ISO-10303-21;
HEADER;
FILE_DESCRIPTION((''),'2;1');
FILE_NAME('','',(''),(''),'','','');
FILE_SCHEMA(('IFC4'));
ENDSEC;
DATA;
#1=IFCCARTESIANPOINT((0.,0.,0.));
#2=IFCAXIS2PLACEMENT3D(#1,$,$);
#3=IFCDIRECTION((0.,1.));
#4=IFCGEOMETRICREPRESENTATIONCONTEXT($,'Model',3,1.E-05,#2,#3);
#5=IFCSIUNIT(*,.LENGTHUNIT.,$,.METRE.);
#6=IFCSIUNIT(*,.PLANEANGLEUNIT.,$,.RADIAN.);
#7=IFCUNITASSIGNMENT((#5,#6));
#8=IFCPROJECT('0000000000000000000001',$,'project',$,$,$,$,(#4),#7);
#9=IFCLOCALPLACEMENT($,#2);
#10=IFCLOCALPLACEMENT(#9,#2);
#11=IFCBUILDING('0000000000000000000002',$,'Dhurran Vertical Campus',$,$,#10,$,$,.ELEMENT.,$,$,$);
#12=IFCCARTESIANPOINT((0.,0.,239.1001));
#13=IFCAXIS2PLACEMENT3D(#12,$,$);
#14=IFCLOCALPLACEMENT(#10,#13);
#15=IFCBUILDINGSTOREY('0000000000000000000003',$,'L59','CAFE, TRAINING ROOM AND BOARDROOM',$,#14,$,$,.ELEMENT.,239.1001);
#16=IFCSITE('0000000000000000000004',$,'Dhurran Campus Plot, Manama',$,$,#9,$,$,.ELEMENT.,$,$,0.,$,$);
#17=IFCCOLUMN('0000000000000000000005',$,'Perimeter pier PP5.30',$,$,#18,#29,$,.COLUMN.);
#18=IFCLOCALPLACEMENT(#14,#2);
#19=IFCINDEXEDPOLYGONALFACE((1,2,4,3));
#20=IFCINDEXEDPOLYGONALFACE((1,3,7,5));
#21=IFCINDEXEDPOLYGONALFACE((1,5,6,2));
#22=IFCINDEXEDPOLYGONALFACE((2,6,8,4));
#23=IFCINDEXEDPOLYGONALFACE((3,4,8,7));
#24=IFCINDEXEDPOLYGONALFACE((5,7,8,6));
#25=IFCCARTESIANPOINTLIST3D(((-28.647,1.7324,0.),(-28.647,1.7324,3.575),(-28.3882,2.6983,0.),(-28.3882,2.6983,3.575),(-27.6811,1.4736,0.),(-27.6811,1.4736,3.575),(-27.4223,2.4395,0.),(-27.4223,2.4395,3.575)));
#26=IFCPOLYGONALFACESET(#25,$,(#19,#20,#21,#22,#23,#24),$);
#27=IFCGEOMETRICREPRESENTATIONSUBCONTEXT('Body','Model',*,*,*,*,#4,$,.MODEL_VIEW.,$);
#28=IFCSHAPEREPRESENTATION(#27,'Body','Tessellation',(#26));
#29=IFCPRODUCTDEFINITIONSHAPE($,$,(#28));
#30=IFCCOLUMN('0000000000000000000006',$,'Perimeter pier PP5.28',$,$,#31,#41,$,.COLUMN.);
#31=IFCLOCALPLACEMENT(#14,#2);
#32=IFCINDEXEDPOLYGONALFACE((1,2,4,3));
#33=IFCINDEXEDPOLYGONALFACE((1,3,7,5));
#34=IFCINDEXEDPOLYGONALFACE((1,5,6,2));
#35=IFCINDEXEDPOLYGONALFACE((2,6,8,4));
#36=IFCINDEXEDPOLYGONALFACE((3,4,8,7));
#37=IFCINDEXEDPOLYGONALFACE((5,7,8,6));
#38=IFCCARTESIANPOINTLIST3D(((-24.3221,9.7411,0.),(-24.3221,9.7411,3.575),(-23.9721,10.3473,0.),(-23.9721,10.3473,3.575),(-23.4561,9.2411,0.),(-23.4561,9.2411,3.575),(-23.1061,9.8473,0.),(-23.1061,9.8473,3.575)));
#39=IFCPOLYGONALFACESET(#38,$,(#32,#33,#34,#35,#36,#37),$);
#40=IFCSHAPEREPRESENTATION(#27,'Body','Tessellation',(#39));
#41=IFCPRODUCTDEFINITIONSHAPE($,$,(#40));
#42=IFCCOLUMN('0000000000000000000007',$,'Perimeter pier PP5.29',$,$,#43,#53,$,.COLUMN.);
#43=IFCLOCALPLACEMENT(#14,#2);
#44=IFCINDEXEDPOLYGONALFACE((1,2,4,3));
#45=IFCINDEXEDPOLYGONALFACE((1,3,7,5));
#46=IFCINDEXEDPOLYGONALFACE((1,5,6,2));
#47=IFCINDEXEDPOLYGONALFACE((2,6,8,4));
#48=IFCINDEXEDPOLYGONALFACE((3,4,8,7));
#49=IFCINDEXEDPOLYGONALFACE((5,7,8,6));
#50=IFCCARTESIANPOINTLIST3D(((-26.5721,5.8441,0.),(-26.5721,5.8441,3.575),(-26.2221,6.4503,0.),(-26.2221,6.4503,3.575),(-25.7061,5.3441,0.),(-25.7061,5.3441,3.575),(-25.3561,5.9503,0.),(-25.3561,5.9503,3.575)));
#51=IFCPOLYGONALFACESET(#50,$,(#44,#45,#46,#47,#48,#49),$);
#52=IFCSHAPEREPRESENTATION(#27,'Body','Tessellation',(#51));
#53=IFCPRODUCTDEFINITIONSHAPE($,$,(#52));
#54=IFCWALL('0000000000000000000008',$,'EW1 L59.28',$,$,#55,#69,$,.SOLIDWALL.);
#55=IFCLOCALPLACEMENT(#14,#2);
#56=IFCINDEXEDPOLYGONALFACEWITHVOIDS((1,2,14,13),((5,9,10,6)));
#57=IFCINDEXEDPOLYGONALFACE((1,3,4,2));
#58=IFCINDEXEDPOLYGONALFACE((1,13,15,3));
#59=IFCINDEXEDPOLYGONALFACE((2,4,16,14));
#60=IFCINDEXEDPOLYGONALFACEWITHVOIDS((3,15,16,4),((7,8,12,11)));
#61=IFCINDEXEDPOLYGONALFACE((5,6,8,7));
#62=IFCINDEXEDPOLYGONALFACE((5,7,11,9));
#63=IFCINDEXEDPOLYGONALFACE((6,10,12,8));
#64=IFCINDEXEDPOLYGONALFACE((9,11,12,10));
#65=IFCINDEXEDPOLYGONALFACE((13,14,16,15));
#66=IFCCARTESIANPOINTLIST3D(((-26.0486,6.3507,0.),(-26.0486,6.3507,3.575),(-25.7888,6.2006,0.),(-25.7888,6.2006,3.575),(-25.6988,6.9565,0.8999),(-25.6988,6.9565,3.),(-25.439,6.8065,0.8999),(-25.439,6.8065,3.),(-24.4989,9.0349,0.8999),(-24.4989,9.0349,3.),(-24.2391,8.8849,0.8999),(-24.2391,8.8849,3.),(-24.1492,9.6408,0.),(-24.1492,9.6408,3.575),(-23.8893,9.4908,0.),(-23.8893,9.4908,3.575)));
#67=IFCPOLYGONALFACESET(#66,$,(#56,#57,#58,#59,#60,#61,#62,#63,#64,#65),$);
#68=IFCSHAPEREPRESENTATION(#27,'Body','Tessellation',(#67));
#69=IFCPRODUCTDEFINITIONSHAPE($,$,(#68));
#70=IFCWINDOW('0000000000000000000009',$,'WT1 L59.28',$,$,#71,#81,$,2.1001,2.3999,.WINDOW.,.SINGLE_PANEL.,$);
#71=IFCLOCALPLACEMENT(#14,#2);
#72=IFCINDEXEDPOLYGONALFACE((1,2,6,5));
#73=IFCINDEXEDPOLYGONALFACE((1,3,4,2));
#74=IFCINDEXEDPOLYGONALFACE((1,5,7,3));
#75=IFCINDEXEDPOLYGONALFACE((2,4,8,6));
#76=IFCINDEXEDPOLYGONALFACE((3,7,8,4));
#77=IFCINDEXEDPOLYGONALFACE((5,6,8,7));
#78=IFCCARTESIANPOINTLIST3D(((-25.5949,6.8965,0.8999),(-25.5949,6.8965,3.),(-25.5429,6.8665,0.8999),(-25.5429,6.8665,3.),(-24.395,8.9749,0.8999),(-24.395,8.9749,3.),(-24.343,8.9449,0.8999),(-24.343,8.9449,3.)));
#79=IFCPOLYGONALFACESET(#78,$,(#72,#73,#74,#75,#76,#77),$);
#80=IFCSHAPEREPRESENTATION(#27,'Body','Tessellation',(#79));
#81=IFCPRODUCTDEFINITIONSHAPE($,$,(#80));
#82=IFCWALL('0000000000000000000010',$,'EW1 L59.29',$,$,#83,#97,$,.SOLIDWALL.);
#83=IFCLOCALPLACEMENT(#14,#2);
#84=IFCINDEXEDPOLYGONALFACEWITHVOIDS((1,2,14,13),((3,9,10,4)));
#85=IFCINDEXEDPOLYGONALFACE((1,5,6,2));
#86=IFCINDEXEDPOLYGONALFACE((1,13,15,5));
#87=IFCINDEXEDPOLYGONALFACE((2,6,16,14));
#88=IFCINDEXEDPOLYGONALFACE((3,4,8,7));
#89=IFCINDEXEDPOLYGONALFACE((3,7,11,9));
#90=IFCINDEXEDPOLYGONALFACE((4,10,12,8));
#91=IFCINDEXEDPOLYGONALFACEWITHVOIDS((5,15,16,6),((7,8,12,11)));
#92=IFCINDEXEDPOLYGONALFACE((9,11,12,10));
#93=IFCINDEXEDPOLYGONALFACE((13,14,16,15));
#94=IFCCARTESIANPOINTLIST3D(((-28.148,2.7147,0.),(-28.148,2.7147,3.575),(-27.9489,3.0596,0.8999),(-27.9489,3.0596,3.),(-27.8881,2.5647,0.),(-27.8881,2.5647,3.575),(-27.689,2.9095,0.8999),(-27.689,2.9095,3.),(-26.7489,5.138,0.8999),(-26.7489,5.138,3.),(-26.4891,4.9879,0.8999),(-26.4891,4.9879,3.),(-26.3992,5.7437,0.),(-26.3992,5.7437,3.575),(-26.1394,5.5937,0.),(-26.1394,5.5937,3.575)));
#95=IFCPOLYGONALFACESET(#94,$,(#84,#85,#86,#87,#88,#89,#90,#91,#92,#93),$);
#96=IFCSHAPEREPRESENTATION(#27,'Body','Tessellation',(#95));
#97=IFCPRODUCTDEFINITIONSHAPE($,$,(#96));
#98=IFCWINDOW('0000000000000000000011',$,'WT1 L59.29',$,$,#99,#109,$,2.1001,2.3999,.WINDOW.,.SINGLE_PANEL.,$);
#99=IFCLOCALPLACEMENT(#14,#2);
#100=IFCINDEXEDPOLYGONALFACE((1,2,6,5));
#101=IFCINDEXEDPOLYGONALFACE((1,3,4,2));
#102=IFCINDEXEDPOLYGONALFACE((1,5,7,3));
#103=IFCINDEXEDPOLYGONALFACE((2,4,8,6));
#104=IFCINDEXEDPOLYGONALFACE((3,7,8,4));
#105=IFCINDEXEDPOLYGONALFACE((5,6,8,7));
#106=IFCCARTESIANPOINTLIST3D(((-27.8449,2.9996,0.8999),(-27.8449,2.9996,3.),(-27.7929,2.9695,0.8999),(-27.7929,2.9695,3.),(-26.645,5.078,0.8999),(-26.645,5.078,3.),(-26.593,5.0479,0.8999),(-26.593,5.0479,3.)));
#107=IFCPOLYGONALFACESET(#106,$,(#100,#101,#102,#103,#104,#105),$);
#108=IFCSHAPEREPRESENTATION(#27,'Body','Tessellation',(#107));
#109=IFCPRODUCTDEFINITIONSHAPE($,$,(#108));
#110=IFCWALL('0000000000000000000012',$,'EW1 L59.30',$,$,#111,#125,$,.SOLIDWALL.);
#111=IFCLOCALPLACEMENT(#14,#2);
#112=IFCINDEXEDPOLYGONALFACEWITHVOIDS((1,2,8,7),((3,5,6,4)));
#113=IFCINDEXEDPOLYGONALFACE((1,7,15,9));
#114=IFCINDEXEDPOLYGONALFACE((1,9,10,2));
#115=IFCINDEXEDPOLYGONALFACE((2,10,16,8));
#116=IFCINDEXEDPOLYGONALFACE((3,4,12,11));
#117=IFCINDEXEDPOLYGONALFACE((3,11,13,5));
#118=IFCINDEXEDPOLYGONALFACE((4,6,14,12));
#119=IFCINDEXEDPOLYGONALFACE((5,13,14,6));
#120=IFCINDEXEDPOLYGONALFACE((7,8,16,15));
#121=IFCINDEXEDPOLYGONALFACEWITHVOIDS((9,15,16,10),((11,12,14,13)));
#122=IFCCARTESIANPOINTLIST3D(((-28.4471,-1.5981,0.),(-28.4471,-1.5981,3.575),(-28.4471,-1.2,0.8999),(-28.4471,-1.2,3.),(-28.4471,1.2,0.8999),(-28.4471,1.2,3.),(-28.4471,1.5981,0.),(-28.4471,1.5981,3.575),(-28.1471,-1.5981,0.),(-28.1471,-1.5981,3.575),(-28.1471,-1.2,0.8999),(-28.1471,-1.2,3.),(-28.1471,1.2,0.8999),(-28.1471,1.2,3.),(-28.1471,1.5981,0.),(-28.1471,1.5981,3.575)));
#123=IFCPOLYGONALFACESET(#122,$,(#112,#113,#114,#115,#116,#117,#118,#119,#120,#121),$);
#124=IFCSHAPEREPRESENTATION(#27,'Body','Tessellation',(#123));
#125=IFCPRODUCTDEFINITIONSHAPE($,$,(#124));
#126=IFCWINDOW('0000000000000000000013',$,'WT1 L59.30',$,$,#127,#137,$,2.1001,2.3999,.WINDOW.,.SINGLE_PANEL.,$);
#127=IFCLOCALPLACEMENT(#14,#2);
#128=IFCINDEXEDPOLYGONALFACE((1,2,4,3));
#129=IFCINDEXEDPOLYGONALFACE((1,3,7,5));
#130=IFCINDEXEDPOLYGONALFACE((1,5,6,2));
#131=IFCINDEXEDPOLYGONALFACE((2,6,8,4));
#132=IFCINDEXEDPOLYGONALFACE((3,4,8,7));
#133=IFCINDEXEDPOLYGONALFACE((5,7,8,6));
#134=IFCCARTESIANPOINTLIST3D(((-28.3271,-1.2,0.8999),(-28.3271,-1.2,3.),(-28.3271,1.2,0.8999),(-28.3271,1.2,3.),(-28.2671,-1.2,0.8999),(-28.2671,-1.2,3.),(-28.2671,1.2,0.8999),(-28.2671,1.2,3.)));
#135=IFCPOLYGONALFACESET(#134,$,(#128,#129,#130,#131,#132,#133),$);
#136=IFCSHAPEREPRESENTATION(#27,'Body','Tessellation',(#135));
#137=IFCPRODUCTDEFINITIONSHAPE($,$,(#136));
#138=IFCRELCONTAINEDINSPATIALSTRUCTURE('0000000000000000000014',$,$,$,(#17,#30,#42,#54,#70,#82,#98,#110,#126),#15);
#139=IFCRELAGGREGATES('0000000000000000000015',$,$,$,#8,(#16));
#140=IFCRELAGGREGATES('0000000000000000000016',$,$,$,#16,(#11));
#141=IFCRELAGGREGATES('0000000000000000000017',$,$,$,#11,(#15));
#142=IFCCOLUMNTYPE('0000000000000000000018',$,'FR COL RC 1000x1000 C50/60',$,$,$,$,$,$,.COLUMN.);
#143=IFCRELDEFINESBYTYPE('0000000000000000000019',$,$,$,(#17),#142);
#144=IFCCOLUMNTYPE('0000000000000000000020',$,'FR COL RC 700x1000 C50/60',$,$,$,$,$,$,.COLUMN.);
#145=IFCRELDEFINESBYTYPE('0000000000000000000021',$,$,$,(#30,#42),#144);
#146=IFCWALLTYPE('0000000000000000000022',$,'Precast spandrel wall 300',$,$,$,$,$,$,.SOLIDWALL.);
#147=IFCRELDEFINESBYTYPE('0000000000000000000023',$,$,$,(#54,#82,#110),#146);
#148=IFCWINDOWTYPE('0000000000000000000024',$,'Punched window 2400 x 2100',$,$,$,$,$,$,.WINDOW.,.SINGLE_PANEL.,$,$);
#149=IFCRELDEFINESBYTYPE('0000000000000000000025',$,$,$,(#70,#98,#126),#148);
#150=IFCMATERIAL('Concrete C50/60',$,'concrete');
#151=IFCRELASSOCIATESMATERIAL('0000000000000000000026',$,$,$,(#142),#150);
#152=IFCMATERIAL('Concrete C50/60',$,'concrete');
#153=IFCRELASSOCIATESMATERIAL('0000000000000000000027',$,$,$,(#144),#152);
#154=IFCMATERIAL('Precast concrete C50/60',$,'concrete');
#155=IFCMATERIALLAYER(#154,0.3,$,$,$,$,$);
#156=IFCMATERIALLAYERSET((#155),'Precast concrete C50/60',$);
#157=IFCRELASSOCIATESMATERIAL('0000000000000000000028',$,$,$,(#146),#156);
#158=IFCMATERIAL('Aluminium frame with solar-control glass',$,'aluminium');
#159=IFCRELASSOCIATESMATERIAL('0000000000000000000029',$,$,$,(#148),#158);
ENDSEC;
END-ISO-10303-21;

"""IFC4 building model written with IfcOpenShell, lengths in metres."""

from ifc_helpers import new_model, si_unit, direction, frame, frame_2d, origin, origin_2d, place, context, subcontext, project, spatial, rectangle, extrude, material, layer, layer_set, material_profile, profile_set, type_object, element, fill, save


model = new_model("IFC4")

# Units and contexts
model_context = context("Model", 3, precision=1e-05, world=origin(), true_north=direction((0.0, 1.0)))
body_context = subcontext(model_context, "Body", "Model", "MODEL_VIEW")
ifc_project = project(units=[si_unit("LENGTHUNIT", "METRE"), si_unit("PLANEANGLEUNIT", "RADIAN")], contexts=[model_context])

# Site, building, storey
site_placement = place(None, origin())
site = spatial("IfcSite", under=ifc_project, at=site_placement, Name="Dhurran Campus Plot, Manama", CompositionType="ELEMENT", RefElevation=0.0)
building_placement = place(site_placement, origin())
building = spatial("IfcBuilding", under=site, at=building_placement, Name="Dhurran Vertical Campus", CompositionType="ELEMENT")
storey_placement = place(building_placement, frame((0.0, 0.0, 239.1001)))
storey = spatial("IfcBuildingStorey", under=building, at=storey_placement, Name="L59", Description="CAFE, TRAINING ROOM AND BOARDROOM", CompositionType="ELEMENT", Elevation=239.1001)

# Columns
ifc_material_1 = material(Name="Concrete C50/60", Category="concrete")
ifc_material_profile_1 = material_profile(ifc_material_1, rectangle(XDim=1.0, YDim=1.0, at=origin_2d()), Name="RC 1000x1000")
ifc_profile_set_1 = profile_set([ifc_material_profile_1], Name="Concrete C50/60")
column_type_1 = type_object("IfcColumnType", Name="FR COL RC 1000x1000 C50/60", PredefinedType="COLUMN", material=ifc_profile_set_1)
column_placement = place(storey_placement, frame((-28.0347, 2.0859, 0.0), z_axis=(0.0, 0.0, 1.0), x_axis=(-0.258819, -0.965926, 0.0)))
element("IfcColumn", 1, at=column_placement, inside=storey, type_object=column_type_1, Name="Perimeter pier PP5.30", PredefinedType="COLUMN", context=body_context, shape_type="SweptSolid", body=[
    extrude(rectangle(XDim=1.0, YDim=1.0, at=origin_2d()), origin(), (0.0, 0.0, 1.0), 3.575),
])
ifc_material_2 = material(Name="Concrete C50/60", Category="concrete")
ifc_material_profile_2 = material_profile(ifc_material_2, rectangle(XDim=0.7, YDim=1.0, at=origin_2d()), Name="RC 700x1000")
ifc_profile_set_2 = profile_set([ifc_material_profile_2], Name="Concrete C50/60")
column_type_2 = type_object("IfcColumnType", Name="FR COL RC 700x1000 C50/60", PredefinedType="COLUMN", material=ifc_profile_set_2)
for number, where, z_axis, x_axis, name in (
    (2, (-23.7141, 9.7942, 0.0), (0.0, 0.0, 1.0), (-0.5, -0.866025, 0.0), "Perimeter pier PP5.28"),
    (3, (-25.9641, 5.8972, 0.0), (0.0, 0.0, 1.0), (-0.5, -0.866025, 0.0), "Perimeter pier PP5.29"),
):
    element("IfcColumn", number, at=place(storey_placement, frame(where, z_axis=z_axis, x_axis=x_axis)), inside=storey, type_object=column_type_2, Name=name, PredefinedType="COLUMN", context=body_context, shape_type="SweptSolid", body=[
        extrude(rectangle(XDim=0.7, YDim=1.0, at=origin_2d()), origin(), (0.0, 0.0, 1.0), 3.575),
    ])

# Walls, openings, windows
ifc_material_3 = material(Name="Precast concrete C50/60", Category="concrete")
ifc_layer_1 = layer(ifc_material_3, 0.3)
ifc_layer_set_1 = layer_set([ifc_layer_1], Name="Precast concrete C50/60")
wall_type_1 = type_object("IfcWallType", Name="Precast spandrel wall 300", PredefinedType="SOLIDWALL", material=ifc_layer_set_1)
wall_1_placement = place(storey_placement, frame((-24.0193, 9.5657, 0.0), z_axis=(0.0, 0.0, 1.0), x_axis=(-0.499982, -0.866036, 0.0)))
wall_1 = element("IfcWall", 4, at=wall_1_placement, inside=storey, type_object=wall_type_1, Name="EW1 L59.28", PredefinedType="SOLIDWALL", context=body_context, shape_type="SweptSolid", body=[
    extrude(rectangle(XDim=3.7991, YDim=0.3, at=frame_2d((1.8994, 0.0))), origin(), (0.0, 0.0, 1.0), 3.575),
])
opening_1_placement = place(wall_1_placement, frame((0.6995, 0.0, 0.8999)))
opening_1 = element("IfcOpeningElement", 5, at=opening_1_placement, cuts=wall_1, PredefinedType="OPENING", context=body_context, shape_type="SweptSolid", body=[
    extrude(rectangle(XDim=2.3999, YDim=2.1001, at=frame_2d((1.2, 1.05))), frame((0.0, 0.1599, 0.0), z_axis=(0.0, -1.0, 0.0), x_axis=(1.0, 0.0, 0.0)), (0.0, 0.0, 1.0), 0.3201),
])
ifc_material_4 = material(Name="Aluminium frame with solar-control glass", Category="aluminium")
window_type = type_object("IfcWindowType", Name="Punched window 2400 x 2100", PartitioningType="SINGLE_PANEL", PredefinedType="WINDOW", material=ifc_material_4)
window_1_placement = place(opening_1_placement, origin())
window_1 = element("IfcWindow", 6, at=window_1_placement, inside=storey, type_object=window_type, Name="WT1 L59.28", OverallHeight=2.1001, OverallWidth=2.3999, PartitioningType="SINGLE_PANEL", PredefinedType="WINDOW", context=body_context, shape_type="SweptSolid", body=[
    extrude(rectangle(XDim=2.3999, YDim=2.1001, at=frame_2d((1.2, 1.05))), frame((0.0, 0.03, 0.0), z_axis=(0.0, -1.0, 0.0), x_axis=(1.0, 0.0, 0.0)), (0.0, 0.0, 1.0), 0.0601),
])
fill(opening_1, window_1)
wall_2_placement = place(storey_placement, frame((-26.2693, 5.6687, 0.0), z_axis=(0.0, 0.0, 1.0), x_axis=(-0.49999, -0.866031, 0.0)))
wall_2 = element("IfcWall", 7, at=wall_2_placement, inside=storey, type_object=wall_type_1, Name="EW1 L59.29", PredefinedType="SOLIDWALL", context=body_context, shape_type="SweptSolid", body=[
    extrude(rectangle(XDim=3.4976, YDim=0.3, at=frame_2d((1.7488, 0.0))), origin(), (0.0, 0.0, 1.0), 3.575),
])
opening_2_placement = place(wall_2_placement, frame((0.6995, 0.0, 0.8999)))
opening_2 = element("IfcOpeningElement", 8, at=opening_2_placement, cuts=wall_2, PredefinedType="OPENING", context=body_context, shape_type="SweptSolid", body=[
    extrude(rectangle(XDim=2.3999, YDim=2.1001, at=frame_2d((1.2, 1.05))), frame((0.0, 0.1599, 0.0), z_axis=(0.0, -1.0, 0.0), x_axis=(1.0, 0.0, 0.0)), (0.0, 0.0, 1.0), 0.3201),
])
window_2_placement = place(opening_2_placement, origin())
window_2 = element("IfcWindow", 9, at=window_2_placement, inside=storey, type_object=window_type, Name="WT1 L59.29", OverallHeight=2.1001, OverallWidth=2.3999, PartitioningType="SINGLE_PANEL", PredefinedType="WINDOW", context=body_context, shape_type="SweptSolid", body=[
    extrude(rectangle(XDim=2.3999, YDim=2.1001, at=frame_2d((1.2, 1.05))), frame((0.0, 0.03, 0.0), z_axis=(0.0, -1.0, 0.0), x_axis=(1.0, 0.0, 0.0)), (0.0, 0.0, 1.0), 0.0601),
])
fill(opening_2, window_2)
wall_3_placement = place(storey_placement, frame((-28.2971, 1.5981, 0.0), z_axis=(0.0, 0.0, 1.0), x_axis=(0.0, -1.0, 0.0)))
wall_3 = element("IfcWall", 10, at=wall_3_placement, inside=storey, type_object=wall_type_1, Name="EW1 L59.30", PredefinedType="SOLIDWALL", context=body_context, shape_type="SweptSolid", body=[
    extrude(rectangle(XDim=3.1963, YDim=0.3, at=frame_2d((1.5981, 0.0))), origin(), (0.0, 0.0, 1.0), 3.575),
])
opening_3_placement = place(wall_3_placement, frame((0.3982, 0.0, 0.8999)))
opening_3 = element("IfcOpeningElement", 11, at=opening_3_placement, cuts=wall_3, PredefinedType="OPENING", context=body_context, shape_type="SweptSolid", body=[
    extrude(rectangle(XDim=2.3999, YDim=2.1001, at=frame_2d((1.2, 1.05))), frame((0.0, 0.1599, 0.0), z_axis=(0.0, -1.0, 0.0), x_axis=(1.0, 0.0, 0.0)), (0.0, 0.0, 1.0), 0.3201),
])
window_3_placement = place(opening_3_placement, origin())
window_3 = element("IfcWindow", 12, at=window_3_placement, inside=storey, type_object=window_type, Name="WT1 L59.30", OverallHeight=2.1001, OverallWidth=2.3999, PartitioningType="SINGLE_PANEL", PredefinedType="WINDOW", context=body_context, shape_type="SweptSolid", body=[
    extrude(rectangle(XDim=2.3999, YDim=2.1001, at=frame_2d((1.2, 1.05))), frame((0.0, 0.03, 0.0), z_axis=(0.0, -1.0, 0.0), x_axis=(1.0, 0.0, 0.0)), (0.0, 0.0, 1.0), 0.0601),
])
fill(opening_3, window_3)

save(model, "model.ifc")
